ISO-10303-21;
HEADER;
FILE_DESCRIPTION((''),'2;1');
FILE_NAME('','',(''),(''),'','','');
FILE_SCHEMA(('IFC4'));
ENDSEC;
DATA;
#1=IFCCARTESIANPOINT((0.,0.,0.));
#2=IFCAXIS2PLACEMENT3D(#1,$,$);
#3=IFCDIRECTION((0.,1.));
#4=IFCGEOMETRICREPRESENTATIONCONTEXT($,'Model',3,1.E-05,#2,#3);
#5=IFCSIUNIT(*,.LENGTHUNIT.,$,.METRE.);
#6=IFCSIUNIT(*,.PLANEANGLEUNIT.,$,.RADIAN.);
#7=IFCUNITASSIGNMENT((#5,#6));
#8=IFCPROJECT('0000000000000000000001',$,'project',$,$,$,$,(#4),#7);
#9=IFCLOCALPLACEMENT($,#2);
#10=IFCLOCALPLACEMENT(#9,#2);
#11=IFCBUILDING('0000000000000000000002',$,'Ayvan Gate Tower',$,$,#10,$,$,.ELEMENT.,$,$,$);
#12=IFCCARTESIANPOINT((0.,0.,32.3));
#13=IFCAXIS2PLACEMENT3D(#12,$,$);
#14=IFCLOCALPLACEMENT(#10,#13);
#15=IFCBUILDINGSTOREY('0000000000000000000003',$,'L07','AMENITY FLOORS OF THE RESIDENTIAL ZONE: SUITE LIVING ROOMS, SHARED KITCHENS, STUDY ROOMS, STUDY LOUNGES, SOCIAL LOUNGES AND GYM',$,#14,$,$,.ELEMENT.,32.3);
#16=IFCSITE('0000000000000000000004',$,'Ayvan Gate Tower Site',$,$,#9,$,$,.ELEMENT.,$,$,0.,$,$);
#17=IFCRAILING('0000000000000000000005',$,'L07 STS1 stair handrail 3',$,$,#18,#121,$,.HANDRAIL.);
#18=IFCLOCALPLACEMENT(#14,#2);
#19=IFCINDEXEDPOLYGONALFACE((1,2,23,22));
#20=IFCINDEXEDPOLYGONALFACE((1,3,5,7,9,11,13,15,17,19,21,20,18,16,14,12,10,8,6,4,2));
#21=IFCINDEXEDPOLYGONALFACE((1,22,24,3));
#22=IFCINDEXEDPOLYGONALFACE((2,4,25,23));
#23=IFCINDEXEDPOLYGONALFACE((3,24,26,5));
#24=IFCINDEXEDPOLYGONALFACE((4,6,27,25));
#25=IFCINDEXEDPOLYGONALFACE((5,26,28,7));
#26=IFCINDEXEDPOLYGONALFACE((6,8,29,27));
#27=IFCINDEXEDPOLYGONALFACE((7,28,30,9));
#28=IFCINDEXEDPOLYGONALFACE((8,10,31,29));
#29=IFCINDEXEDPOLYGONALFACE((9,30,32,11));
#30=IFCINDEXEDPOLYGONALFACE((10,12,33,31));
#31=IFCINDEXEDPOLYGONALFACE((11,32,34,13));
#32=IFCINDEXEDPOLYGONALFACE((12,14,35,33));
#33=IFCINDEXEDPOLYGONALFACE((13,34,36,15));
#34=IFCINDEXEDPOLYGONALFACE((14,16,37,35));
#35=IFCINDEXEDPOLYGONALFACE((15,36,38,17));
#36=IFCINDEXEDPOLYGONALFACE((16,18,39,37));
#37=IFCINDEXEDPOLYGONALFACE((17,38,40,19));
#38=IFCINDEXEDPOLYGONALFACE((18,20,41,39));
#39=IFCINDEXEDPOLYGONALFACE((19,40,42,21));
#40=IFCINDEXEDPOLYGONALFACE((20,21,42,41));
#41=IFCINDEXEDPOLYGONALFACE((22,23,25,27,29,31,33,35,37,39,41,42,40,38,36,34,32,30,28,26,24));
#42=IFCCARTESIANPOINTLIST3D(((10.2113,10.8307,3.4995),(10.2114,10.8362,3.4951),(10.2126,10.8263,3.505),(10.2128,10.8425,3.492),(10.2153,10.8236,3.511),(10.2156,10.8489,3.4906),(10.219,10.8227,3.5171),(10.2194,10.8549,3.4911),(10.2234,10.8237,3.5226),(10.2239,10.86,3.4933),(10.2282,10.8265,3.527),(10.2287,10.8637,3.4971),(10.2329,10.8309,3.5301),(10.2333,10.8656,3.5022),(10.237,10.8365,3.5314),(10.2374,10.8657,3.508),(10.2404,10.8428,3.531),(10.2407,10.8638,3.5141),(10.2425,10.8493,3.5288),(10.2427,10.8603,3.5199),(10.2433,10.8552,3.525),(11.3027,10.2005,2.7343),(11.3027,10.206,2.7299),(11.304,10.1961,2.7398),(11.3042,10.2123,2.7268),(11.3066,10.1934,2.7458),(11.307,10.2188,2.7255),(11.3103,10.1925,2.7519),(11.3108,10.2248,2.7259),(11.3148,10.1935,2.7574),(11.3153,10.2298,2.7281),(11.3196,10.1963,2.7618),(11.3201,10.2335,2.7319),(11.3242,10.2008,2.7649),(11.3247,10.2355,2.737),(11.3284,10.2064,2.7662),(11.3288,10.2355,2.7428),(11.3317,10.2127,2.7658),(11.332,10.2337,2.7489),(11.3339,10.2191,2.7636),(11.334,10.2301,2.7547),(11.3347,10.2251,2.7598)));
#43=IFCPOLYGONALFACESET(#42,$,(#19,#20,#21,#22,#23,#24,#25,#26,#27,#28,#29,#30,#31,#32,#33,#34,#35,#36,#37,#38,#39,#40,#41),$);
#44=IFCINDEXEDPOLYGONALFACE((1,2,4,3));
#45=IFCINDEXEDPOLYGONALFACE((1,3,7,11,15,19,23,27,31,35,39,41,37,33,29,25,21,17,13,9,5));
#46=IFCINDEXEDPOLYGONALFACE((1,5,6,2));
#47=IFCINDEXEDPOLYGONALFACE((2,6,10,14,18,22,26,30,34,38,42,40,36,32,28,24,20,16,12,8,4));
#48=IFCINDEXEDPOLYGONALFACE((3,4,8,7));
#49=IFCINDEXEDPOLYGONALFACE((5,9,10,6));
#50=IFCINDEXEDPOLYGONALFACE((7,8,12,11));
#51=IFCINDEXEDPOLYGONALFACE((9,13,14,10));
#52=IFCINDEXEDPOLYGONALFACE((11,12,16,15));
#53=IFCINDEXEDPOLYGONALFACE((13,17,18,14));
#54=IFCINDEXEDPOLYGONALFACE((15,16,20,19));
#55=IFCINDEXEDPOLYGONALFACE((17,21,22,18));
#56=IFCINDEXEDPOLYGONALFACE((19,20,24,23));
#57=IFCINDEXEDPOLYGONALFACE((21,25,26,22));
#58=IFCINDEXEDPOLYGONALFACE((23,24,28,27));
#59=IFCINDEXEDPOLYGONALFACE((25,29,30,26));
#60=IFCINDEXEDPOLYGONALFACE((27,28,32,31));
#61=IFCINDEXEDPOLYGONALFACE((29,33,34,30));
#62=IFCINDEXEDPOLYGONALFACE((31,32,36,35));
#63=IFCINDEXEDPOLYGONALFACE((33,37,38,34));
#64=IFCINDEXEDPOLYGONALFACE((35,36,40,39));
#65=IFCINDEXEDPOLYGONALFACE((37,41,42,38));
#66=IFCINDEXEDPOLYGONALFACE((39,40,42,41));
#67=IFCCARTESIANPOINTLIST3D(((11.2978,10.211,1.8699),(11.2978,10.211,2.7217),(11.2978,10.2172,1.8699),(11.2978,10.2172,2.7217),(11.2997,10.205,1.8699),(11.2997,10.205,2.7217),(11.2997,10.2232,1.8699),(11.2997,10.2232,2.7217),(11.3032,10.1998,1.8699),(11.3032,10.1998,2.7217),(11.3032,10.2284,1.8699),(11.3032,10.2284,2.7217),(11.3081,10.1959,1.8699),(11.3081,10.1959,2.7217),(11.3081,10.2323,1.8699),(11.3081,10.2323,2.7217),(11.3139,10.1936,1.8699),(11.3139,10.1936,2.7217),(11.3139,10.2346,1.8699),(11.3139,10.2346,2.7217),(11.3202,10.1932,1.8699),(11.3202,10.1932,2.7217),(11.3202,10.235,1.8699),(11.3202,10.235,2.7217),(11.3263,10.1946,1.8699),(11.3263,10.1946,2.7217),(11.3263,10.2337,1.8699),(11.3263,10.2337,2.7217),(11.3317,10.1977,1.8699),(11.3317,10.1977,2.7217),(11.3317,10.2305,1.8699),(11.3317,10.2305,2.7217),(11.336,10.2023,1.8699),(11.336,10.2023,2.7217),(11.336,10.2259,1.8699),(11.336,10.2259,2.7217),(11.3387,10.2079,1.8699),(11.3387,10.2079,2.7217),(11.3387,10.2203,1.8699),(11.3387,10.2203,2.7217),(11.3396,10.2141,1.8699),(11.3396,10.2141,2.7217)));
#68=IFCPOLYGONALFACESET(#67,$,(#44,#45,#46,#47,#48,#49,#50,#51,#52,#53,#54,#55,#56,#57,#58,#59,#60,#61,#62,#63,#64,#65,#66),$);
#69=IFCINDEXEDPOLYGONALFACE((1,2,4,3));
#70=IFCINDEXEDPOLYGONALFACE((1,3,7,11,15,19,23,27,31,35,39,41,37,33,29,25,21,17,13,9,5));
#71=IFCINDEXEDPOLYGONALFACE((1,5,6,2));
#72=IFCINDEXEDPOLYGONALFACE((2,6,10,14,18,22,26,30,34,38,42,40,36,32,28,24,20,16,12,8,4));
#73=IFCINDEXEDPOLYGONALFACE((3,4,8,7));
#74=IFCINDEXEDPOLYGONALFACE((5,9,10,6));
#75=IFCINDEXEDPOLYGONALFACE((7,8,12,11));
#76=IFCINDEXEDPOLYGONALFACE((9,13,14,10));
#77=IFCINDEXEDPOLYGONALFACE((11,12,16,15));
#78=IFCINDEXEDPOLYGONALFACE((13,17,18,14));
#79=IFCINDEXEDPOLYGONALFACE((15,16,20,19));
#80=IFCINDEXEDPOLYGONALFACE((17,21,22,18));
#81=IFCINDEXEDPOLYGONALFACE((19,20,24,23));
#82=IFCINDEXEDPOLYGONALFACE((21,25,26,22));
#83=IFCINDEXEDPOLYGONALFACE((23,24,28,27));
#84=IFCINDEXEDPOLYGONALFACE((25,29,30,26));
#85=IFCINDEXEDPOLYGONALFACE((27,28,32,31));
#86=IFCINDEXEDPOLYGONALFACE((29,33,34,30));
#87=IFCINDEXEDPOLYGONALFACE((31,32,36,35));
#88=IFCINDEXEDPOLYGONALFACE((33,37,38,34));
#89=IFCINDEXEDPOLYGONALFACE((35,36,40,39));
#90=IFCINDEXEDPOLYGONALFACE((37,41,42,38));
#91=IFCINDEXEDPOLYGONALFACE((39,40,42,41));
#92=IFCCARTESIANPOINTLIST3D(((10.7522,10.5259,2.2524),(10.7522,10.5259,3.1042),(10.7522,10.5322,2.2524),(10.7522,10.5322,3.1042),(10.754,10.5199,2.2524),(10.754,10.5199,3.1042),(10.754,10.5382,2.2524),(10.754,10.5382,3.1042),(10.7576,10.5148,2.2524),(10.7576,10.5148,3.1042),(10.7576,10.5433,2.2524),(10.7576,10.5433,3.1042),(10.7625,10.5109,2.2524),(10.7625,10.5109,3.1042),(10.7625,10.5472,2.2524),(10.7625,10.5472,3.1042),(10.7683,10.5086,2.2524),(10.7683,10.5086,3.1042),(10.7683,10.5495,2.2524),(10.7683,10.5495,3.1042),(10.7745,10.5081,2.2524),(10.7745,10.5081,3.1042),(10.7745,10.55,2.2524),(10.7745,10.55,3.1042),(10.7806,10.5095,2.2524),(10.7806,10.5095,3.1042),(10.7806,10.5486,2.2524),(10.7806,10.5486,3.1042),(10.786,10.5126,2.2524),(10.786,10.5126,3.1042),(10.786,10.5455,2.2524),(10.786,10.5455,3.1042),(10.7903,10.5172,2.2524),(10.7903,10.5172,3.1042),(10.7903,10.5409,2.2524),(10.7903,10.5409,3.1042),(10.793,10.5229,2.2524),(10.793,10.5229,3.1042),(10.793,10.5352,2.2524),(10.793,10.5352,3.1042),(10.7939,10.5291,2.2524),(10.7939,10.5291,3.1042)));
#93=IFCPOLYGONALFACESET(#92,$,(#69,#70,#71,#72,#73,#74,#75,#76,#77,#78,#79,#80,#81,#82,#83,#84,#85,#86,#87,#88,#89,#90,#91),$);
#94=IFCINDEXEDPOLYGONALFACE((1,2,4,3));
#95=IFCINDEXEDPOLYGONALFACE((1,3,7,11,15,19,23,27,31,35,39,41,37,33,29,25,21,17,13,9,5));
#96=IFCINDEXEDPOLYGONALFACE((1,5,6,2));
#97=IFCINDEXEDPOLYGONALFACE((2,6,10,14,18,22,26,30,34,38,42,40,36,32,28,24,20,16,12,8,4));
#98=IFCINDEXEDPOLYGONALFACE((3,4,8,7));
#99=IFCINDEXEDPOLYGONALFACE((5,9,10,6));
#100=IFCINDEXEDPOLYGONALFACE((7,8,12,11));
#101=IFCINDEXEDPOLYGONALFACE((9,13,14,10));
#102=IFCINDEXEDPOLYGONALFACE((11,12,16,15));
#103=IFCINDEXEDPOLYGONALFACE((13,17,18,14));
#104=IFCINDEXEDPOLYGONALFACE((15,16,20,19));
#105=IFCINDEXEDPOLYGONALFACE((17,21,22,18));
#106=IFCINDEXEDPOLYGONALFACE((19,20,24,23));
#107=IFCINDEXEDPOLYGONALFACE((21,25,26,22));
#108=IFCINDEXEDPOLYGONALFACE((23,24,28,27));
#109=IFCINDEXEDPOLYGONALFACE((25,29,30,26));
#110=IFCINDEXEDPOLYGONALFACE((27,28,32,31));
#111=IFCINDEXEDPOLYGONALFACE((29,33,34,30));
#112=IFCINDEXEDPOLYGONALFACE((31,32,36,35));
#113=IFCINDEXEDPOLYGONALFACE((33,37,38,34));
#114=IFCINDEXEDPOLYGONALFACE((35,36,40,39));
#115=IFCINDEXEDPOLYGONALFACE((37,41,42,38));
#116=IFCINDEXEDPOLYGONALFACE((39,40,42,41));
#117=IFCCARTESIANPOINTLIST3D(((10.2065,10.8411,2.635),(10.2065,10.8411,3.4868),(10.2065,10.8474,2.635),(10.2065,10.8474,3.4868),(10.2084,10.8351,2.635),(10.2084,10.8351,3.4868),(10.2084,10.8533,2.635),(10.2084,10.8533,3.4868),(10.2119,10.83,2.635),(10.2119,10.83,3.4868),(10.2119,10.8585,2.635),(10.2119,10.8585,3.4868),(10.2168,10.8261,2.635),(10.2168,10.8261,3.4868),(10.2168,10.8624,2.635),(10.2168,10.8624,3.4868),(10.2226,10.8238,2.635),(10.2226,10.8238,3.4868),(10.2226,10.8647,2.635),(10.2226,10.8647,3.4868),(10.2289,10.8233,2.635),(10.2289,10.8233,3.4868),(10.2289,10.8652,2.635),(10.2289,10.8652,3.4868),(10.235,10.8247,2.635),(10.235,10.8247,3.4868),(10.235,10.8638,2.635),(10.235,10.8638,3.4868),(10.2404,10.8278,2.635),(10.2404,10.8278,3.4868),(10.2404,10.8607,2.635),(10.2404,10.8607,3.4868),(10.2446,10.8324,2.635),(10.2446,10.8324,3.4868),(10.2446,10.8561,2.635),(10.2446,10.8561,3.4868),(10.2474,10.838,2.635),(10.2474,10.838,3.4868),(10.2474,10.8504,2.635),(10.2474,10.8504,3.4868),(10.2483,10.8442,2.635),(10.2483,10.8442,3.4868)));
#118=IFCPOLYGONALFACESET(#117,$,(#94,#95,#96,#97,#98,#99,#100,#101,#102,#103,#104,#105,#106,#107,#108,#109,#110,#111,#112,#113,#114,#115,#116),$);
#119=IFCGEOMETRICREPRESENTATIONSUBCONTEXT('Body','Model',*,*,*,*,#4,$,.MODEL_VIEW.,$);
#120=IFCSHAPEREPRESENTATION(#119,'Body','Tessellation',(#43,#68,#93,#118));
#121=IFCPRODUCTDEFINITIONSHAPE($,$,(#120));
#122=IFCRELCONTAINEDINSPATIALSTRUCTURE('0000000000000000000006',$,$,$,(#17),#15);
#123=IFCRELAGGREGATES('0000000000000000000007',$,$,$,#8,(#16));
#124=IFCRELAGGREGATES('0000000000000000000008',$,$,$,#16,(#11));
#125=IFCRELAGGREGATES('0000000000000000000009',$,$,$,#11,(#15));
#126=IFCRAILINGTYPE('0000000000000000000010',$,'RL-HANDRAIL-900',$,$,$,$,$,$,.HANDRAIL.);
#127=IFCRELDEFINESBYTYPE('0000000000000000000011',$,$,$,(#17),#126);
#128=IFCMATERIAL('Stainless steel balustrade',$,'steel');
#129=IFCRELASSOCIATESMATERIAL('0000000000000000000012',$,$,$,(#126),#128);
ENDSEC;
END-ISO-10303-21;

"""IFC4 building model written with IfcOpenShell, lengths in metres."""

from ifc_helpers import new_model, si_unit, direction, frame, origin, origin_2d, place, context, subcontext, project, spatial, circle, extrude, material, type_object, element, save


model = new_model("IFC4")

# Units and contexts
model_context = context("Model", 3, precision=1e-05, world=origin(), true_north=direction((0.0, 1.0)))
body_context = subcontext(model_context, "Body", "Model", "MODEL_VIEW")
ifc_project = project(units=[si_unit("LENGTHUNIT", "METRE"), si_unit("PLANEANGLEUNIT", "RADIAN")], contexts=[model_context])

# Site, building, storey
site_placement = place(None, origin())
site = spatial("IfcSite", under=ifc_project, at=site_placement, Name="Ayvan Gate Tower Site", CompositionType="ELEMENT", RefElevation=0.0)
building_placement = place(site_placement, origin())
building = spatial("IfcBuilding", under=site, at=building_placement, Name="Ayvan Gate Tower", CompositionType="ELEMENT")
storey_placement = place(building_placement, frame((0.0, 0.0, 32.3)))
storey = spatial("IfcBuildingStorey", under=building, at=storey_placement, Name="L07", Description="AMENITY FLOORS OF THE RESIDENTIAL ZONE: SUITE LIVING ROOMS, SHARED KITCHENS, STUDY ROOMS, STUDY LOUNGES, SOCIAL LOUNGES AND GYM", CompositionType="ELEMENT", Elevation=32.3)

# Railing
ifc_material_1 = material(Name="Stainless steel balustrade", Category="steel")
railing_type_1 = type_object("IfcRailingType", Name="RL-HANDRAIL-900", PredefinedType="HANDRAIL", material=ifc_material_1)
railing_1_placement = place(storey_placement, frame((11.3186, 10.2141, 1.8699)))
element("IfcRailing", 1, at=railing_1_placement, inside=storey, type_object=railing_type_1, Name="L07 STS1 stair handrail 3", PredefinedType="HANDRAIL", context=body_context, shape_type="SweptSolid", body=[
    extrude(circle(Radius=0.0239, at=origin_2d()), frame((0.0, 0.0, 0.876), z_axis=(-0.740241, 0.427419, 0.518996), x_axis=(-0.500035, -0.866005, 0.0)), (0.0, 0.0, 1.0), 1.4744),
    extrude(circle(Radius=0.021, at=origin_2d()), origin(), (0.0, 0.0, 1.0), 0.8518),
    extrude(circle(Radius=0.021, at=origin_2d()), frame((-0.5457, 0.3149, 0.3826)), (0.0, 0.0, 1.0), 0.8518),
    extrude(circle(Radius=0.021, at=origin_2d()), frame((-1.0913, 0.6301, 0.7651)), (0.0, 0.0, 1.0), 0.8518),
])

save(model, "model.ifc")
